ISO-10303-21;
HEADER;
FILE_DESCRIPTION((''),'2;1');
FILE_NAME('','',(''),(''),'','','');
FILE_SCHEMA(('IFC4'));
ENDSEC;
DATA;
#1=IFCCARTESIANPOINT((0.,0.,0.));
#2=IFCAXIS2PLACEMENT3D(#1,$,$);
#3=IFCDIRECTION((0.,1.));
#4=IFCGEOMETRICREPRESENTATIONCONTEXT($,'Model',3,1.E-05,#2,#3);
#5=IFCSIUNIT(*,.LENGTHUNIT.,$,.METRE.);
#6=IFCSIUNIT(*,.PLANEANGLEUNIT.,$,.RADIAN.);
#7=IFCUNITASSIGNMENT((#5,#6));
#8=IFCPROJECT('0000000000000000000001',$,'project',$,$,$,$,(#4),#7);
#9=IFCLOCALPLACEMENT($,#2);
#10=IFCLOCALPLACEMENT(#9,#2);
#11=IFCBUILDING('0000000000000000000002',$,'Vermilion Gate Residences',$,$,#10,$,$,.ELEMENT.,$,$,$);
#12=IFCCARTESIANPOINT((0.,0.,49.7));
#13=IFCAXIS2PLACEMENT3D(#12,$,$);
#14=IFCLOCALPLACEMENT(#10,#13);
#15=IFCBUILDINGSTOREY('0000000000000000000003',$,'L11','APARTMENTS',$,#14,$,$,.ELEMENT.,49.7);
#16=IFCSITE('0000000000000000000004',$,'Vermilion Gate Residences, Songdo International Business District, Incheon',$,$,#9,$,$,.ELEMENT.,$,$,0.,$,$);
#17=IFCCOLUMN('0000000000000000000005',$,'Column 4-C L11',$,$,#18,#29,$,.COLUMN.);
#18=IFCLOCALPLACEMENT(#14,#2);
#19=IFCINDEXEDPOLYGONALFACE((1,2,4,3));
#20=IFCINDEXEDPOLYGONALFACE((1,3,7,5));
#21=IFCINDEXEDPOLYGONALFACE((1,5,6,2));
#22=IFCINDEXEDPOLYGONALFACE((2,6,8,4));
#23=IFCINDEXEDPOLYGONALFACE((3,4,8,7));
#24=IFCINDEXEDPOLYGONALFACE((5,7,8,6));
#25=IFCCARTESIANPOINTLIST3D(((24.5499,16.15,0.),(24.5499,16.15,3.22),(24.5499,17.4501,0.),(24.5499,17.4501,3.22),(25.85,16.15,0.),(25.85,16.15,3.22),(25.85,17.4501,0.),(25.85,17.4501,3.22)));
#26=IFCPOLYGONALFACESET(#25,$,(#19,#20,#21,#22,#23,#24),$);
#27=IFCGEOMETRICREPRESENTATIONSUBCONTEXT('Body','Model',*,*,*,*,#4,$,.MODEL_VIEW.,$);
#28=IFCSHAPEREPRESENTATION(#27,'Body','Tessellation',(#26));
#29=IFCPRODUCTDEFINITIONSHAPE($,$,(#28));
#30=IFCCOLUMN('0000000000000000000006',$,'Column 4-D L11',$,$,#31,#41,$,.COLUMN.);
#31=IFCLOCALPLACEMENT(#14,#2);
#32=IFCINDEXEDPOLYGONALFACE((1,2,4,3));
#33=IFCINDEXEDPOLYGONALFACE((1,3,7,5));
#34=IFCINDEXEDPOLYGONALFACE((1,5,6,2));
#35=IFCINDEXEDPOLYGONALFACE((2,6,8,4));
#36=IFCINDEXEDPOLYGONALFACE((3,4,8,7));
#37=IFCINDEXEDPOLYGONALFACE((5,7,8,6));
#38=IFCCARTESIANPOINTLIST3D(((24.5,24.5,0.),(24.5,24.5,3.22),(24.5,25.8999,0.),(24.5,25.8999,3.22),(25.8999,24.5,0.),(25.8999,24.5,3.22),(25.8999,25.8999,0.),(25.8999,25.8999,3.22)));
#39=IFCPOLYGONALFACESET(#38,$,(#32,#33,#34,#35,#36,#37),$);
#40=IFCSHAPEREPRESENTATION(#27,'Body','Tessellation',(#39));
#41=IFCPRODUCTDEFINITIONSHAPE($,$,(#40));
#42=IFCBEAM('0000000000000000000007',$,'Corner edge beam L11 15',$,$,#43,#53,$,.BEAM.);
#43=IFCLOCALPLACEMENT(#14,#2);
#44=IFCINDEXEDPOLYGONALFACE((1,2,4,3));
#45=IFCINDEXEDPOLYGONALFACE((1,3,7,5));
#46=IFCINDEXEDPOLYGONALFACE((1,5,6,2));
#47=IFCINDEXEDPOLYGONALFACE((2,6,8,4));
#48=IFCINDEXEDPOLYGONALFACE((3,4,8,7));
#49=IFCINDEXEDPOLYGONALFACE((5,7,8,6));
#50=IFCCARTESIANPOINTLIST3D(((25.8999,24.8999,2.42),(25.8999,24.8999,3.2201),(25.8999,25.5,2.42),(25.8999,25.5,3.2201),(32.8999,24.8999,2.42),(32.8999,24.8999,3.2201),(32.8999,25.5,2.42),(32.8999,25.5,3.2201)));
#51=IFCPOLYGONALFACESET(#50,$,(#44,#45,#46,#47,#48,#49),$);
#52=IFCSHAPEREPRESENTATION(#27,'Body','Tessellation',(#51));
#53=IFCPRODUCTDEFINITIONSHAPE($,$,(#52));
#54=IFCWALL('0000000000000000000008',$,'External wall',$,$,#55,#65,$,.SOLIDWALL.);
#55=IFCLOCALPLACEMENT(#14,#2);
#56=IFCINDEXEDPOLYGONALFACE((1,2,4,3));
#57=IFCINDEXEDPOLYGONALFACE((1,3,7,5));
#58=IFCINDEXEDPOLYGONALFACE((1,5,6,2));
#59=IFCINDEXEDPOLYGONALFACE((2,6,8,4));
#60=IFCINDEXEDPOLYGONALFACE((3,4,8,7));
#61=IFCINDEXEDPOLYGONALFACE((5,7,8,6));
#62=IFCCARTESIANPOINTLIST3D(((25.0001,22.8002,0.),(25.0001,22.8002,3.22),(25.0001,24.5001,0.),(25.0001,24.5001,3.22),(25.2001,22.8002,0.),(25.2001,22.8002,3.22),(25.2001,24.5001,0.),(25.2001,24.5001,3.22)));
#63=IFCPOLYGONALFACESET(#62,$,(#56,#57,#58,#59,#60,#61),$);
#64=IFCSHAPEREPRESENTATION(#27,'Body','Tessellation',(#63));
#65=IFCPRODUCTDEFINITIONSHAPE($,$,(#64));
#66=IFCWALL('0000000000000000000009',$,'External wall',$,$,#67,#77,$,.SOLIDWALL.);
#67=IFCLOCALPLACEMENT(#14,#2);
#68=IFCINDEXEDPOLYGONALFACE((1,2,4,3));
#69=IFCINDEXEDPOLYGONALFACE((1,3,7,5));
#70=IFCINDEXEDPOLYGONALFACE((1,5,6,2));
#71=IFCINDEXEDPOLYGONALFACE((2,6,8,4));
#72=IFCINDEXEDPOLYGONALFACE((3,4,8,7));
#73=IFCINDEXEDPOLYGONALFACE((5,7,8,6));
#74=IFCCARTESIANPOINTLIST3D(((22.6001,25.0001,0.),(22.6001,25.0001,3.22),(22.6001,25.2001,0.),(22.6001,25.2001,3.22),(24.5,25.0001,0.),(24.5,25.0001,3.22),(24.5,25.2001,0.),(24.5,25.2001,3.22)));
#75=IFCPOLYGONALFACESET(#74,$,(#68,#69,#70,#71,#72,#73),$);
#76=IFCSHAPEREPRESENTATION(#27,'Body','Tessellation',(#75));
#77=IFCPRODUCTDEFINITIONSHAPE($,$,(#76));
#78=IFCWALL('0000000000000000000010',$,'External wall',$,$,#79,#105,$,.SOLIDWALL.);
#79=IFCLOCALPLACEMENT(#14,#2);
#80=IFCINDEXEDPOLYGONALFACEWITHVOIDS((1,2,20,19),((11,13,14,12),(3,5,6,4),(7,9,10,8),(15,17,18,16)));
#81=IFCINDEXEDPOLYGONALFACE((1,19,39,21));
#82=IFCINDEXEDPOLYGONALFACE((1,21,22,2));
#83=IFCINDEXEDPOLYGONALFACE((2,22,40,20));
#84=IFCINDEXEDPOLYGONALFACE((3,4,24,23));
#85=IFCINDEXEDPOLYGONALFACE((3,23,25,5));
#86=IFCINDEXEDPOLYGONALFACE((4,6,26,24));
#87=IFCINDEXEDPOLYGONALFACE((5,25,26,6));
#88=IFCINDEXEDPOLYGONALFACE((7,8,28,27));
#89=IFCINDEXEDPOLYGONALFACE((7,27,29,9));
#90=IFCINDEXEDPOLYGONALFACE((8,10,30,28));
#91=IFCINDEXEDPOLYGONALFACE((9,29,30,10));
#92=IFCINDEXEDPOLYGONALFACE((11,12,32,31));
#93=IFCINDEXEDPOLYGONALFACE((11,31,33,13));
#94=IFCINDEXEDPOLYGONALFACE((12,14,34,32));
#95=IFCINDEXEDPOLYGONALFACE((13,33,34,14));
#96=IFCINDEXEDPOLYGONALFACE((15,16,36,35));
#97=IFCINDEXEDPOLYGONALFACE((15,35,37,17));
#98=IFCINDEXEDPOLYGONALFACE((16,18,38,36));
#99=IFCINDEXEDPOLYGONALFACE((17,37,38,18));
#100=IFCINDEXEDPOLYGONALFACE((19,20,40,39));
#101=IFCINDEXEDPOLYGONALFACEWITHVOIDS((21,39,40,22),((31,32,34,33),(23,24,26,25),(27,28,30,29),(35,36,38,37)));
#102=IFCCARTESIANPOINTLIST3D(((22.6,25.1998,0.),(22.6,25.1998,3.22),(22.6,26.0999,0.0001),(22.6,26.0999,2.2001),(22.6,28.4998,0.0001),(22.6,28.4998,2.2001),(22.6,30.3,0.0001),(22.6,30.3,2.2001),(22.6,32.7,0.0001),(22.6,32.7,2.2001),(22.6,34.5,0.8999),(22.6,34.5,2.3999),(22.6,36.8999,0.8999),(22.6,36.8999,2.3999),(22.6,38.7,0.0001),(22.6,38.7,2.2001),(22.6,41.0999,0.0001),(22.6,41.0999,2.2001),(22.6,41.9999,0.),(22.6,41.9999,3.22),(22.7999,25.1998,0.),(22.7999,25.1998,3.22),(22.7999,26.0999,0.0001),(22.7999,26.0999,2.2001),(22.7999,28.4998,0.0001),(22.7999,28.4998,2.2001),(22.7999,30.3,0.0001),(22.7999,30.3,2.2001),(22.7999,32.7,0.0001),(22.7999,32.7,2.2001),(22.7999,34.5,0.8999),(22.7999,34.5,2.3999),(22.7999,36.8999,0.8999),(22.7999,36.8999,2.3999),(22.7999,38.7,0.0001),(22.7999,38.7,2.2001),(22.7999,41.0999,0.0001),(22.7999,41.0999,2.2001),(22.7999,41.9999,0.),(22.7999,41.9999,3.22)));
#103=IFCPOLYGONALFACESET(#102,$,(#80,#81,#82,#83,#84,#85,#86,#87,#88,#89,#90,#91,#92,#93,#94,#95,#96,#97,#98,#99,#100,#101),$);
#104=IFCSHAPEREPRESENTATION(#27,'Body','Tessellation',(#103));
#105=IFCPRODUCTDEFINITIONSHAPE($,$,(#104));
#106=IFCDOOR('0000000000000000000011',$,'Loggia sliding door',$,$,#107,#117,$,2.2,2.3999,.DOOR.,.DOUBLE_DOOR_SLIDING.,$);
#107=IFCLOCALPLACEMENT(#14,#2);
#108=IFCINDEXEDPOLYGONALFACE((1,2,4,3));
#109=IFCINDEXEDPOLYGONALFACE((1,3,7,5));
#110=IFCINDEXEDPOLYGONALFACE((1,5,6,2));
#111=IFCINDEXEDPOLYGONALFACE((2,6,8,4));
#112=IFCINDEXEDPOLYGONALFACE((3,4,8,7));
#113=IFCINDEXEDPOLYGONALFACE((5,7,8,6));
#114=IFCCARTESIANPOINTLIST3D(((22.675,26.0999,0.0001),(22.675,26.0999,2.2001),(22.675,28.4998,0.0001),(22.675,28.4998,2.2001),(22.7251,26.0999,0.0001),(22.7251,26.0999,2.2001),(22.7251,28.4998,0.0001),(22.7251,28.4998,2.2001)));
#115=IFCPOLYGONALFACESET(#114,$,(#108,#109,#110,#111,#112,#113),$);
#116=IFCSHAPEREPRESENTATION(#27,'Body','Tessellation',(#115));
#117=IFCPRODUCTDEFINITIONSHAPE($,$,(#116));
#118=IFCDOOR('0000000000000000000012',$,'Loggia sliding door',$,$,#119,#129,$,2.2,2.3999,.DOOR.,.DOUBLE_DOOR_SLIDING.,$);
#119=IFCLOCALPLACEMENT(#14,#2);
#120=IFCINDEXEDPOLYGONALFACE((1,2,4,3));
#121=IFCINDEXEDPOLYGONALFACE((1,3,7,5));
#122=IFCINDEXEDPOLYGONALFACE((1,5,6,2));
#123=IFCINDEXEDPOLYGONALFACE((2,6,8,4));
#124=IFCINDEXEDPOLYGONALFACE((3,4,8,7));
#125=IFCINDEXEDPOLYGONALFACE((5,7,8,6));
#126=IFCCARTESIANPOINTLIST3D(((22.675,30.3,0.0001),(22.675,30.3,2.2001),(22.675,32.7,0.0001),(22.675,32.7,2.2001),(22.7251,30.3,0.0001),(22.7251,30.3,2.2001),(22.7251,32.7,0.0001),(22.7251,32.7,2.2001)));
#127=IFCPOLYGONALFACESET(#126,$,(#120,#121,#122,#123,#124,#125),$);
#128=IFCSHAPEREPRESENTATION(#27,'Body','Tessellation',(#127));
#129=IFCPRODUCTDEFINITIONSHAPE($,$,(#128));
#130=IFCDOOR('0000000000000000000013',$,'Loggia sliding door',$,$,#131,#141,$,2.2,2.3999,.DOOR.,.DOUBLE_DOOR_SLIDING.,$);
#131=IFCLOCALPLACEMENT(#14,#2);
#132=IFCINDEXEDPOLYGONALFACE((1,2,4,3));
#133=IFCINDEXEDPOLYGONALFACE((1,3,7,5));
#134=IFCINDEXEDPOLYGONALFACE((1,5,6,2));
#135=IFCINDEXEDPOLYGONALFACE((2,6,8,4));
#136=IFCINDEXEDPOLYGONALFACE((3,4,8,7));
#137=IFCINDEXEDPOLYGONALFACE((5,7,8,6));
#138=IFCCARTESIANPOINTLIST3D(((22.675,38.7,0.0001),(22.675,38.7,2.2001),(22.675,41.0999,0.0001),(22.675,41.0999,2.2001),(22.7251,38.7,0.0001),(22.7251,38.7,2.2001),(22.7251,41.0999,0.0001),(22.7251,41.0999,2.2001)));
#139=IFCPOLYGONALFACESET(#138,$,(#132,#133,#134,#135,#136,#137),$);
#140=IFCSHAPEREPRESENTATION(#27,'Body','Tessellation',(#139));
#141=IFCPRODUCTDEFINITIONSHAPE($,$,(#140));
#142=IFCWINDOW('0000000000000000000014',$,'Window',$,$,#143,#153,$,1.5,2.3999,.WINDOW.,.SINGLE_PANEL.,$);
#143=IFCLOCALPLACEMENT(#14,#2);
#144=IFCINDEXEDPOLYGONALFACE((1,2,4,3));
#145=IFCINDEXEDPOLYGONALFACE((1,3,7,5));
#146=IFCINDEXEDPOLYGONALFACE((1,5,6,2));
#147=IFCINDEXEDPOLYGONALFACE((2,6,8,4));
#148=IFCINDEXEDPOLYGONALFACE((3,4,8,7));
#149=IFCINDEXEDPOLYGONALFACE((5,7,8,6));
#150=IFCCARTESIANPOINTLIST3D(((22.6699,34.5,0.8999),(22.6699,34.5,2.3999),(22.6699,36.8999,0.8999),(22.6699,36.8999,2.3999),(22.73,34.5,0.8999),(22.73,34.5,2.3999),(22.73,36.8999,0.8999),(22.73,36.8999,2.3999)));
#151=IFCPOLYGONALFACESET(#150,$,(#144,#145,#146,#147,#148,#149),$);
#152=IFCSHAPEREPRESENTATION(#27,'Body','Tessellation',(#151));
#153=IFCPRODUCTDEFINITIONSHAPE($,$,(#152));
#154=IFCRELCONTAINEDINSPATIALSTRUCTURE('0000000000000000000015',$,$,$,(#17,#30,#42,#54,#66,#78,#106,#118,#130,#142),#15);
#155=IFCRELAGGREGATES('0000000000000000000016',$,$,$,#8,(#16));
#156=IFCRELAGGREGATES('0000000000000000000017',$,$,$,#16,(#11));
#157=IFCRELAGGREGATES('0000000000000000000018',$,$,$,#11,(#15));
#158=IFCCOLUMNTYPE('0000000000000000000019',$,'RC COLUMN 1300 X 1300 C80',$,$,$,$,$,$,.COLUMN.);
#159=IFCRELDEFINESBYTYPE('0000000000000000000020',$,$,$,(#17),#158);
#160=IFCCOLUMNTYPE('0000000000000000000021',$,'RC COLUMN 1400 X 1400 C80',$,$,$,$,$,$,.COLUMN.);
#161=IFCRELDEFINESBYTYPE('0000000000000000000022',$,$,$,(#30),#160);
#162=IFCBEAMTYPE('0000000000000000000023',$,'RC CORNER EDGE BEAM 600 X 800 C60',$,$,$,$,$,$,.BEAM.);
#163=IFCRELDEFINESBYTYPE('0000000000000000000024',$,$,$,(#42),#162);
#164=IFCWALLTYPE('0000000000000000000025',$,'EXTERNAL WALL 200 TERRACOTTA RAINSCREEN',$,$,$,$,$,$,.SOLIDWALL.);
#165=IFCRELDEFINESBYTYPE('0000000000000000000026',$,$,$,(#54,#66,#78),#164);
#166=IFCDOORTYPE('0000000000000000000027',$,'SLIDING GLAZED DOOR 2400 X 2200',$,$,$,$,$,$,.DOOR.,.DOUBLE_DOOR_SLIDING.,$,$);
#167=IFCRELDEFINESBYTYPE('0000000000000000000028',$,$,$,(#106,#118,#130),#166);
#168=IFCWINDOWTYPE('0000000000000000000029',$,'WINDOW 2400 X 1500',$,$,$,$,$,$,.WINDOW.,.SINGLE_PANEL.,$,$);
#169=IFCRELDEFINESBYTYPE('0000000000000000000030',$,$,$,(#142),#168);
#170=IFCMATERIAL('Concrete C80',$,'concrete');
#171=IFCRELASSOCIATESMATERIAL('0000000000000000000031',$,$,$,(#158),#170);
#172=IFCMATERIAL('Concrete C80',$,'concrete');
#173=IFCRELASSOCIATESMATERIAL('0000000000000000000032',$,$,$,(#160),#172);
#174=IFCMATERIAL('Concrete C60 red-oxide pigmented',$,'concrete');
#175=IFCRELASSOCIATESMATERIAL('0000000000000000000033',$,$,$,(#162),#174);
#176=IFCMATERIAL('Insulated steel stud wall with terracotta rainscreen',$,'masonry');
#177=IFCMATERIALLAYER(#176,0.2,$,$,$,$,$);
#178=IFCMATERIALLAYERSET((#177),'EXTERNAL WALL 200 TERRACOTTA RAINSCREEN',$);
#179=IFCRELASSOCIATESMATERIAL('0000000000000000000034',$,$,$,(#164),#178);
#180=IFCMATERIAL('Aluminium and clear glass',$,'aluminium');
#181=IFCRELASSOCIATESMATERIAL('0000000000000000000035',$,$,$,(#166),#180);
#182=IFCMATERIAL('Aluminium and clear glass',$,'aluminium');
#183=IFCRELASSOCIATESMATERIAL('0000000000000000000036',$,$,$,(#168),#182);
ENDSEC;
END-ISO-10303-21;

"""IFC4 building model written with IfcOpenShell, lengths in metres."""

from ifc_helpers import new_model, si_unit, direction, frame, frame_2d, origin, origin_2d, place, context, subcontext, project, spatial, rectangle, extrude, material, layer, layer_set, material_profile, profile_set, type_object, element, fill, save


model = new_model("IFC4")

# Units and contexts
model_context = context("Model", 3, precision=1e-05, world=origin(), true_north=direction((0.0, 1.0)))
body_context = subcontext(model_context, "Body", "Model", "MODEL_VIEW")
ifc_project = project(units=[si_unit("LENGTHUNIT", "METRE"), si_unit("PLANEANGLEUNIT", "RADIAN")], contexts=[model_context])

# Site, building, storey
site_placement = place(None, origin())
site = spatial("IfcSite", under=ifc_project, at=site_placement, Name="Vermilion Gate Residences, Songdo International Business District, Incheon", CompositionType="ELEMENT", RefElevation=0.0)
building_placement = place(site_placement, origin())
building = spatial("IfcBuilding", under=site, at=building_placement, Name="Vermilion Gate Residences", CompositionType="ELEMENT")
storey_placement = place(building_placement, frame((0.0, 0.0, 49.7)))
storey = spatial("IfcBuildingStorey", under=building, at=storey_placement, Name="L11", Description="APARTMENTS", CompositionType="ELEMENT", Elevation=49.7)

# Columns
ifc_material_1 = material(Name="Concrete C80", Category="concrete")
ifc_material_profile_1 = material_profile(ifc_material_1, rectangle(XDim=1.3, YDim=1.3, at=origin_2d()), Name="RC-1300x1300")
ifc_profile_set_1 = profile_set([ifc_material_profile_1], Name="Concrete C80")
column_type_1 = type_object("IfcColumnType", Name="RC COLUMN 1300 X 1300 C80", PredefinedType="COLUMN", material=ifc_profile_set_1)
column_1_placement = place(storey_placement, frame((25.2, 16.8, 0.0), z_axis=(0.0, 0.0, 1.0), x_axis=(1.0, 0.0, 0.0)))
element("IfcColumn", 1, at=column_1_placement, inside=storey, type_object=column_type_1, Name="Column 4-C L11", PredefinedType="COLUMN", context=body_context, shape_type="SweptSolid", body=[
    extrude(rectangle(XDim=1.3, YDim=1.3, at=origin_2d()), origin(), (0.0, 0.0, 1.0), 3.22),
])
ifc_material_2 = material(Name="Concrete C80", Category="concrete")
ifc_material_profile_2 = material_profile(ifc_material_2, rectangle(XDim=1.3999, YDim=1.3999, at=origin_2d()), Name="RC-1400x1400")
ifc_profile_set_2 = profile_set([ifc_material_profile_2], Name="Concrete C80")
column_type_2 = type_object("IfcColumnType", Name="RC COLUMN 1400 X 1400 C80", PredefinedType="COLUMN", material=ifc_profile_set_2)
column_2_placement = place(storey_placement, frame((25.2, 25.2, 0.0), z_axis=(0.0, 0.0, 1.0), x_axis=(1.0, 0.0, 0.0)))
element("IfcColumn", 2, at=column_2_placement, inside=storey, type_object=column_type_2, Name="Column 4-D L11", PredefinedType="COLUMN", context=body_context, shape_type="SweptSolid", body=[
    extrude(rectangle(XDim=1.3999, YDim=1.3999, at=origin_2d()), origin(), (0.0, 0.0, 1.0), 3.22),
])

# Beam
ifc_material_3 = material(Name="Concrete C60 red-oxide pigmented", Category="concrete")
ifc_material_profile_3 = material_profile(ifc_material_3, rectangle(XDim=0.6001, YDim=0.8, at=origin_2d()), Name="RC-600x800")
ifc_profile_set_3 = profile_set([ifc_material_profile_3], Name="Concrete C60 red-oxide pigmented")
beam_type = type_object("IfcBeamType", Name="RC CORNER EDGE BEAM 600 X 800 C60", PredefinedType="BEAM", material=ifc_profile_set_3)
beam_placement = place(storey_placement, frame((25.8999, 25.2, 2.8201), z_axis=(1.0, 0.0, 0.0), x_axis=(0.0, 1.0, 0.0)))
element("IfcBeam", 3, at=beam_placement, inside=storey, type_object=beam_type, Name="Corner edge beam L11 15", PredefinedType="BEAM", context=body_context, shape_type="SweptSolid", body=[
    extrude(rectangle(XDim=0.6001, YDim=0.8, at=origin_2d()), origin(), (0.0, 0.0, 1.0), 7.0),
])

# Walls
ifc_material_4 = material(Name="Insulated steel stud wall with terracotta rainscreen", Category="masonry")
ifc_layer_1 = layer(ifc_material_4, 0.2)
ifc_layer_set_1 = layer_set([ifc_layer_1], Name="EXTERNAL WALL 200 TERRACOTTA RAINSCREEN")
wall_type_1 = type_object("IfcWallType", Name="EXTERNAL WALL 200 TERRACOTTA RAINSCREEN", PredefinedType="SOLIDWALL", material=ifc_layer_set_1)
wall_1_placement = place(storey_placement, frame((25.1001, 22.8, 0.0), z_axis=(0.0, 0.0, 1.0), x_axis=(0.0, 1.0, 0.0)))
element("IfcWall", 4, at=wall_1_placement, inside=storey, type_object=wall_type_1, Name="External wall", PredefinedType="SOLIDWALL", context=body_context, shape_type="SweptSolid", body=[
    extrude(rectangle(XDim=1.7, YDim=0.2, at=frame_2d((0.8501, 0.0))), origin(), (0.0, 0.0, 1.0), 3.22),
])
wall_2_placement = place(storey_placement, frame((24.5, 25.1001, 0.0), z_axis=(0.0, 0.0, 1.0), x_axis=(-1.0, 0.0, 0.0)))
element("IfcWall", 5, at=wall_2_placement, inside=storey, type_object=wall_type_1, Name="External wall", PredefinedType="SOLIDWALL", context=body_context, shape_type="SweptSolid", body=[
    extrude(rectangle(XDim=1.8999, YDim=0.2, at=frame_2d((0.95, 0.0))), origin(), (0.0, 0.0, 1.0), 3.22),
])

# Wall, openings, doors, window
wall_3_placement = place(storey_placement, frame((22.7, 25.2, 0.0), z_axis=(0.0, 0.0, 1.0), x_axis=(0.0, 1.0, 0.0)))
wall_3 = element("IfcWall", 6, at=wall_3_placement, inside=storey, type_object=wall_type_1, Name="External wall", PredefinedType="SOLIDWALL", context=body_context, shape_type="SweptSolid", body=[
    extrude(rectangle(XDim=16.8, YDim=0.2, at=frame_2d((8.3999, 0.0))), origin(), (0.0, 0.0, 1.0), 3.22),
])
opening_1_placement = place(wall_3_placement, frame((0.8999, 0.0, 0.0)))
opening_1 = element("IfcOpeningElement", 7, at=opening_1_placement, cuts=wall_3, PredefinedType="OPENING", context=body_context, shape_type="SweptSolid", body=[
    extrude(rectangle(XDim=2.3999, YDim=2.2, at=frame_2d((1.2, 1.1001))), frame((0.0, 0.1099, 0.0), z_axis=(0.0, -1.0, 0.0), x_axis=(1.0, 0.0, 0.0)), (0.0, 0.0, 1.0), 0.22),
])
opening_2_placement = place(wall_3_placement, frame((5.1001, 0.0, 0.0)))
opening_2 = element("IfcOpeningElement", 8, at=opening_2_placement, cuts=wall_3, PredefinedType="OPENING", context=body_context, shape_type="SweptSolid", body=[
    extrude(rectangle(XDim=2.3999, YDim=2.2, at=frame_2d((1.2, 1.1001))), frame((0.0, 0.1099, 0.0), z_axis=(0.0, -1.0, 0.0), x_axis=(1.0, 0.0, 0.0)), (0.0, 0.0, 1.0), 0.22),
])
opening_3_placement = place(wall_3_placement, frame((9.3, 0.0, 0.8999)))
opening_3 = element("IfcOpeningElement", 9, at=opening_3_placement, cuts=wall_3, PredefinedType="OPENING", context=body_context, shape_type="SweptSolid", body=[
    extrude(rectangle(XDim=2.3999, YDim=1.5, at=frame_2d((1.2, 0.75))), frame((0.0, 0.1099, 0.0), z_axis=(0.0, -1.0, 0.0), x_axis=(1.0, 0.0, 0.0)), (0.0, 0.0, 1.0), 0.22),
])
opening_4_placement = place(wall_3_placement, frame((13.5, 0.0, 0.0)))
opening_4 = element("IfcOpeningElement", 10, at=opening_4_placement, cuts=wall_3, PredefinedType="OPENING", context=body_context, shape_type="SweptSolid", body=[
    extrude(rectangle(XDim=2.3999, YDim=2.2, at=frame_2d((1.2, 1.1001))), frame((0.0, 0.1099, 0.0), z_axis=(0.0, -1.0, 0.0), x_axis=(1.0, 0.0, 0.0)), (0.0, 0.0, 1.0), 0.22),
])
ifc_material_5 = material(Name="Aluminium and clear glass", Category="aluminium")
door_type_1 = type_object("IfcDoorType", Name="SLIDING GLAZED DOOR 2400 X 2200", OperationType="DOUBLE_DOOR_SLIDING", PredefinedType="DOOR", material=ifc_material_5)
door_1_placement = place(opening_1_placement, origin())
door_1 = element("IfcDoor", 11, at=door_1_placement, inside=storey, type_object=door_type_1, Name="Loggia sliding door", OperationType="DOUBLE_DOOR_SLIDING", OverallHeight=2.2, OverallWidth=2.3999, PredefinedType="DOOR", context=body_context, shape_type="SweptSolid", body=[
    extrude(rectangle(XDim=2.3999, YDim=2.2, at=frame_2d((1.2, 1.1001))), frame((0.0, 0.0249, 0.0), z_axis=(0.0, -1.0, 0.0), x_axis=(1.0, 0.0, 0.0)), (0.0, 0.0, 1.0), 0.05),
])
fill(opening_1, door_1)
door_2_placement = place(opening_2_placement, origin())
door_2 = element("IfcDoor", 12, at=door_2_placement, inside=storey, type_object=door_type_1, Name="Loggia sliding door", OperationType="DOUBLE_DOOR_SLIDING", OverallHeight=2.2, OverallWidth=2.3999, PredefinedType="DOOR", context=body_context, shape_type="SweptSolid", body=[
    extrude(rectangle(XDim=2.3999, YDim=2.2, at=frame_2d((1.2, 1.1001))), frame((0.0, 0.0249, 0.0), z_axis=(0.0, -1.0, 0.0), x_axis=(1.0, 0.0, 0.0)), (0.0, 0.0, 1.0), 0.05),
])
fill(opening_2, door_2)
door_3_placement = place(opening_4_placement, origin())
door_3 = element("IfcDoor", 13, at=door_3_placement, inside=storey, type_object=door_type_1, Name="Loggia sliding door", OperationType="DOUBLE_DOOR_SLIDING", OverallHeight=2.2, OverallWidth=2.3999, PredefinedType="DOOR", context=body_context, shape_type="SweptSolid", body=[
    extrude(rectangle(XDim=2.3999, YDim=2.2, at=frame_2d((1.2, 1.1001))), frame((0.0, 0.0249, 0.0), z_axis=(0.0, -1.0, 0.0), x_axis=(1.0, 0.0, 0.0)), (0.0, 0.0, 1.0), 0.05),
])
fill(opening_4, door_3)
ifc_material_6 = material(Name="Aluminium and clear glass", Category="aluminium")
window_type = type_object("IfcWindowType", Name="WINDOW 2400 X 1500", PartitioningType="SINGLE_PANEL", PredefinedType="WINDOW", material=ifc_material_6)
window_placement = place(opening_3_placement, origin())
window = element("IfcWindow", 14, at=window_placement, inside=storey, type_object=window_type, Name="Window", OverallHeight=1.5, OverallWidth=2.3999, PartitioningType="SINGLE_PANEL", PredefinedType="WINDOW", context=body_context, shape_type="SweptSolid", body=[
    extrude(rectangle(XDim=2.3999, YDim=1.5, at=frame_2d((1.2, 0.75))), frame((0.0, 0.03, 0.0), z_axis=(0.0, -1.0, 0.0), x_axis=(1.0, 0.0, 0.0)), (0.0, 0.0, 1.0), 0.0601),
])
fill(opening_3, window)

save(model, "model.ifc")
